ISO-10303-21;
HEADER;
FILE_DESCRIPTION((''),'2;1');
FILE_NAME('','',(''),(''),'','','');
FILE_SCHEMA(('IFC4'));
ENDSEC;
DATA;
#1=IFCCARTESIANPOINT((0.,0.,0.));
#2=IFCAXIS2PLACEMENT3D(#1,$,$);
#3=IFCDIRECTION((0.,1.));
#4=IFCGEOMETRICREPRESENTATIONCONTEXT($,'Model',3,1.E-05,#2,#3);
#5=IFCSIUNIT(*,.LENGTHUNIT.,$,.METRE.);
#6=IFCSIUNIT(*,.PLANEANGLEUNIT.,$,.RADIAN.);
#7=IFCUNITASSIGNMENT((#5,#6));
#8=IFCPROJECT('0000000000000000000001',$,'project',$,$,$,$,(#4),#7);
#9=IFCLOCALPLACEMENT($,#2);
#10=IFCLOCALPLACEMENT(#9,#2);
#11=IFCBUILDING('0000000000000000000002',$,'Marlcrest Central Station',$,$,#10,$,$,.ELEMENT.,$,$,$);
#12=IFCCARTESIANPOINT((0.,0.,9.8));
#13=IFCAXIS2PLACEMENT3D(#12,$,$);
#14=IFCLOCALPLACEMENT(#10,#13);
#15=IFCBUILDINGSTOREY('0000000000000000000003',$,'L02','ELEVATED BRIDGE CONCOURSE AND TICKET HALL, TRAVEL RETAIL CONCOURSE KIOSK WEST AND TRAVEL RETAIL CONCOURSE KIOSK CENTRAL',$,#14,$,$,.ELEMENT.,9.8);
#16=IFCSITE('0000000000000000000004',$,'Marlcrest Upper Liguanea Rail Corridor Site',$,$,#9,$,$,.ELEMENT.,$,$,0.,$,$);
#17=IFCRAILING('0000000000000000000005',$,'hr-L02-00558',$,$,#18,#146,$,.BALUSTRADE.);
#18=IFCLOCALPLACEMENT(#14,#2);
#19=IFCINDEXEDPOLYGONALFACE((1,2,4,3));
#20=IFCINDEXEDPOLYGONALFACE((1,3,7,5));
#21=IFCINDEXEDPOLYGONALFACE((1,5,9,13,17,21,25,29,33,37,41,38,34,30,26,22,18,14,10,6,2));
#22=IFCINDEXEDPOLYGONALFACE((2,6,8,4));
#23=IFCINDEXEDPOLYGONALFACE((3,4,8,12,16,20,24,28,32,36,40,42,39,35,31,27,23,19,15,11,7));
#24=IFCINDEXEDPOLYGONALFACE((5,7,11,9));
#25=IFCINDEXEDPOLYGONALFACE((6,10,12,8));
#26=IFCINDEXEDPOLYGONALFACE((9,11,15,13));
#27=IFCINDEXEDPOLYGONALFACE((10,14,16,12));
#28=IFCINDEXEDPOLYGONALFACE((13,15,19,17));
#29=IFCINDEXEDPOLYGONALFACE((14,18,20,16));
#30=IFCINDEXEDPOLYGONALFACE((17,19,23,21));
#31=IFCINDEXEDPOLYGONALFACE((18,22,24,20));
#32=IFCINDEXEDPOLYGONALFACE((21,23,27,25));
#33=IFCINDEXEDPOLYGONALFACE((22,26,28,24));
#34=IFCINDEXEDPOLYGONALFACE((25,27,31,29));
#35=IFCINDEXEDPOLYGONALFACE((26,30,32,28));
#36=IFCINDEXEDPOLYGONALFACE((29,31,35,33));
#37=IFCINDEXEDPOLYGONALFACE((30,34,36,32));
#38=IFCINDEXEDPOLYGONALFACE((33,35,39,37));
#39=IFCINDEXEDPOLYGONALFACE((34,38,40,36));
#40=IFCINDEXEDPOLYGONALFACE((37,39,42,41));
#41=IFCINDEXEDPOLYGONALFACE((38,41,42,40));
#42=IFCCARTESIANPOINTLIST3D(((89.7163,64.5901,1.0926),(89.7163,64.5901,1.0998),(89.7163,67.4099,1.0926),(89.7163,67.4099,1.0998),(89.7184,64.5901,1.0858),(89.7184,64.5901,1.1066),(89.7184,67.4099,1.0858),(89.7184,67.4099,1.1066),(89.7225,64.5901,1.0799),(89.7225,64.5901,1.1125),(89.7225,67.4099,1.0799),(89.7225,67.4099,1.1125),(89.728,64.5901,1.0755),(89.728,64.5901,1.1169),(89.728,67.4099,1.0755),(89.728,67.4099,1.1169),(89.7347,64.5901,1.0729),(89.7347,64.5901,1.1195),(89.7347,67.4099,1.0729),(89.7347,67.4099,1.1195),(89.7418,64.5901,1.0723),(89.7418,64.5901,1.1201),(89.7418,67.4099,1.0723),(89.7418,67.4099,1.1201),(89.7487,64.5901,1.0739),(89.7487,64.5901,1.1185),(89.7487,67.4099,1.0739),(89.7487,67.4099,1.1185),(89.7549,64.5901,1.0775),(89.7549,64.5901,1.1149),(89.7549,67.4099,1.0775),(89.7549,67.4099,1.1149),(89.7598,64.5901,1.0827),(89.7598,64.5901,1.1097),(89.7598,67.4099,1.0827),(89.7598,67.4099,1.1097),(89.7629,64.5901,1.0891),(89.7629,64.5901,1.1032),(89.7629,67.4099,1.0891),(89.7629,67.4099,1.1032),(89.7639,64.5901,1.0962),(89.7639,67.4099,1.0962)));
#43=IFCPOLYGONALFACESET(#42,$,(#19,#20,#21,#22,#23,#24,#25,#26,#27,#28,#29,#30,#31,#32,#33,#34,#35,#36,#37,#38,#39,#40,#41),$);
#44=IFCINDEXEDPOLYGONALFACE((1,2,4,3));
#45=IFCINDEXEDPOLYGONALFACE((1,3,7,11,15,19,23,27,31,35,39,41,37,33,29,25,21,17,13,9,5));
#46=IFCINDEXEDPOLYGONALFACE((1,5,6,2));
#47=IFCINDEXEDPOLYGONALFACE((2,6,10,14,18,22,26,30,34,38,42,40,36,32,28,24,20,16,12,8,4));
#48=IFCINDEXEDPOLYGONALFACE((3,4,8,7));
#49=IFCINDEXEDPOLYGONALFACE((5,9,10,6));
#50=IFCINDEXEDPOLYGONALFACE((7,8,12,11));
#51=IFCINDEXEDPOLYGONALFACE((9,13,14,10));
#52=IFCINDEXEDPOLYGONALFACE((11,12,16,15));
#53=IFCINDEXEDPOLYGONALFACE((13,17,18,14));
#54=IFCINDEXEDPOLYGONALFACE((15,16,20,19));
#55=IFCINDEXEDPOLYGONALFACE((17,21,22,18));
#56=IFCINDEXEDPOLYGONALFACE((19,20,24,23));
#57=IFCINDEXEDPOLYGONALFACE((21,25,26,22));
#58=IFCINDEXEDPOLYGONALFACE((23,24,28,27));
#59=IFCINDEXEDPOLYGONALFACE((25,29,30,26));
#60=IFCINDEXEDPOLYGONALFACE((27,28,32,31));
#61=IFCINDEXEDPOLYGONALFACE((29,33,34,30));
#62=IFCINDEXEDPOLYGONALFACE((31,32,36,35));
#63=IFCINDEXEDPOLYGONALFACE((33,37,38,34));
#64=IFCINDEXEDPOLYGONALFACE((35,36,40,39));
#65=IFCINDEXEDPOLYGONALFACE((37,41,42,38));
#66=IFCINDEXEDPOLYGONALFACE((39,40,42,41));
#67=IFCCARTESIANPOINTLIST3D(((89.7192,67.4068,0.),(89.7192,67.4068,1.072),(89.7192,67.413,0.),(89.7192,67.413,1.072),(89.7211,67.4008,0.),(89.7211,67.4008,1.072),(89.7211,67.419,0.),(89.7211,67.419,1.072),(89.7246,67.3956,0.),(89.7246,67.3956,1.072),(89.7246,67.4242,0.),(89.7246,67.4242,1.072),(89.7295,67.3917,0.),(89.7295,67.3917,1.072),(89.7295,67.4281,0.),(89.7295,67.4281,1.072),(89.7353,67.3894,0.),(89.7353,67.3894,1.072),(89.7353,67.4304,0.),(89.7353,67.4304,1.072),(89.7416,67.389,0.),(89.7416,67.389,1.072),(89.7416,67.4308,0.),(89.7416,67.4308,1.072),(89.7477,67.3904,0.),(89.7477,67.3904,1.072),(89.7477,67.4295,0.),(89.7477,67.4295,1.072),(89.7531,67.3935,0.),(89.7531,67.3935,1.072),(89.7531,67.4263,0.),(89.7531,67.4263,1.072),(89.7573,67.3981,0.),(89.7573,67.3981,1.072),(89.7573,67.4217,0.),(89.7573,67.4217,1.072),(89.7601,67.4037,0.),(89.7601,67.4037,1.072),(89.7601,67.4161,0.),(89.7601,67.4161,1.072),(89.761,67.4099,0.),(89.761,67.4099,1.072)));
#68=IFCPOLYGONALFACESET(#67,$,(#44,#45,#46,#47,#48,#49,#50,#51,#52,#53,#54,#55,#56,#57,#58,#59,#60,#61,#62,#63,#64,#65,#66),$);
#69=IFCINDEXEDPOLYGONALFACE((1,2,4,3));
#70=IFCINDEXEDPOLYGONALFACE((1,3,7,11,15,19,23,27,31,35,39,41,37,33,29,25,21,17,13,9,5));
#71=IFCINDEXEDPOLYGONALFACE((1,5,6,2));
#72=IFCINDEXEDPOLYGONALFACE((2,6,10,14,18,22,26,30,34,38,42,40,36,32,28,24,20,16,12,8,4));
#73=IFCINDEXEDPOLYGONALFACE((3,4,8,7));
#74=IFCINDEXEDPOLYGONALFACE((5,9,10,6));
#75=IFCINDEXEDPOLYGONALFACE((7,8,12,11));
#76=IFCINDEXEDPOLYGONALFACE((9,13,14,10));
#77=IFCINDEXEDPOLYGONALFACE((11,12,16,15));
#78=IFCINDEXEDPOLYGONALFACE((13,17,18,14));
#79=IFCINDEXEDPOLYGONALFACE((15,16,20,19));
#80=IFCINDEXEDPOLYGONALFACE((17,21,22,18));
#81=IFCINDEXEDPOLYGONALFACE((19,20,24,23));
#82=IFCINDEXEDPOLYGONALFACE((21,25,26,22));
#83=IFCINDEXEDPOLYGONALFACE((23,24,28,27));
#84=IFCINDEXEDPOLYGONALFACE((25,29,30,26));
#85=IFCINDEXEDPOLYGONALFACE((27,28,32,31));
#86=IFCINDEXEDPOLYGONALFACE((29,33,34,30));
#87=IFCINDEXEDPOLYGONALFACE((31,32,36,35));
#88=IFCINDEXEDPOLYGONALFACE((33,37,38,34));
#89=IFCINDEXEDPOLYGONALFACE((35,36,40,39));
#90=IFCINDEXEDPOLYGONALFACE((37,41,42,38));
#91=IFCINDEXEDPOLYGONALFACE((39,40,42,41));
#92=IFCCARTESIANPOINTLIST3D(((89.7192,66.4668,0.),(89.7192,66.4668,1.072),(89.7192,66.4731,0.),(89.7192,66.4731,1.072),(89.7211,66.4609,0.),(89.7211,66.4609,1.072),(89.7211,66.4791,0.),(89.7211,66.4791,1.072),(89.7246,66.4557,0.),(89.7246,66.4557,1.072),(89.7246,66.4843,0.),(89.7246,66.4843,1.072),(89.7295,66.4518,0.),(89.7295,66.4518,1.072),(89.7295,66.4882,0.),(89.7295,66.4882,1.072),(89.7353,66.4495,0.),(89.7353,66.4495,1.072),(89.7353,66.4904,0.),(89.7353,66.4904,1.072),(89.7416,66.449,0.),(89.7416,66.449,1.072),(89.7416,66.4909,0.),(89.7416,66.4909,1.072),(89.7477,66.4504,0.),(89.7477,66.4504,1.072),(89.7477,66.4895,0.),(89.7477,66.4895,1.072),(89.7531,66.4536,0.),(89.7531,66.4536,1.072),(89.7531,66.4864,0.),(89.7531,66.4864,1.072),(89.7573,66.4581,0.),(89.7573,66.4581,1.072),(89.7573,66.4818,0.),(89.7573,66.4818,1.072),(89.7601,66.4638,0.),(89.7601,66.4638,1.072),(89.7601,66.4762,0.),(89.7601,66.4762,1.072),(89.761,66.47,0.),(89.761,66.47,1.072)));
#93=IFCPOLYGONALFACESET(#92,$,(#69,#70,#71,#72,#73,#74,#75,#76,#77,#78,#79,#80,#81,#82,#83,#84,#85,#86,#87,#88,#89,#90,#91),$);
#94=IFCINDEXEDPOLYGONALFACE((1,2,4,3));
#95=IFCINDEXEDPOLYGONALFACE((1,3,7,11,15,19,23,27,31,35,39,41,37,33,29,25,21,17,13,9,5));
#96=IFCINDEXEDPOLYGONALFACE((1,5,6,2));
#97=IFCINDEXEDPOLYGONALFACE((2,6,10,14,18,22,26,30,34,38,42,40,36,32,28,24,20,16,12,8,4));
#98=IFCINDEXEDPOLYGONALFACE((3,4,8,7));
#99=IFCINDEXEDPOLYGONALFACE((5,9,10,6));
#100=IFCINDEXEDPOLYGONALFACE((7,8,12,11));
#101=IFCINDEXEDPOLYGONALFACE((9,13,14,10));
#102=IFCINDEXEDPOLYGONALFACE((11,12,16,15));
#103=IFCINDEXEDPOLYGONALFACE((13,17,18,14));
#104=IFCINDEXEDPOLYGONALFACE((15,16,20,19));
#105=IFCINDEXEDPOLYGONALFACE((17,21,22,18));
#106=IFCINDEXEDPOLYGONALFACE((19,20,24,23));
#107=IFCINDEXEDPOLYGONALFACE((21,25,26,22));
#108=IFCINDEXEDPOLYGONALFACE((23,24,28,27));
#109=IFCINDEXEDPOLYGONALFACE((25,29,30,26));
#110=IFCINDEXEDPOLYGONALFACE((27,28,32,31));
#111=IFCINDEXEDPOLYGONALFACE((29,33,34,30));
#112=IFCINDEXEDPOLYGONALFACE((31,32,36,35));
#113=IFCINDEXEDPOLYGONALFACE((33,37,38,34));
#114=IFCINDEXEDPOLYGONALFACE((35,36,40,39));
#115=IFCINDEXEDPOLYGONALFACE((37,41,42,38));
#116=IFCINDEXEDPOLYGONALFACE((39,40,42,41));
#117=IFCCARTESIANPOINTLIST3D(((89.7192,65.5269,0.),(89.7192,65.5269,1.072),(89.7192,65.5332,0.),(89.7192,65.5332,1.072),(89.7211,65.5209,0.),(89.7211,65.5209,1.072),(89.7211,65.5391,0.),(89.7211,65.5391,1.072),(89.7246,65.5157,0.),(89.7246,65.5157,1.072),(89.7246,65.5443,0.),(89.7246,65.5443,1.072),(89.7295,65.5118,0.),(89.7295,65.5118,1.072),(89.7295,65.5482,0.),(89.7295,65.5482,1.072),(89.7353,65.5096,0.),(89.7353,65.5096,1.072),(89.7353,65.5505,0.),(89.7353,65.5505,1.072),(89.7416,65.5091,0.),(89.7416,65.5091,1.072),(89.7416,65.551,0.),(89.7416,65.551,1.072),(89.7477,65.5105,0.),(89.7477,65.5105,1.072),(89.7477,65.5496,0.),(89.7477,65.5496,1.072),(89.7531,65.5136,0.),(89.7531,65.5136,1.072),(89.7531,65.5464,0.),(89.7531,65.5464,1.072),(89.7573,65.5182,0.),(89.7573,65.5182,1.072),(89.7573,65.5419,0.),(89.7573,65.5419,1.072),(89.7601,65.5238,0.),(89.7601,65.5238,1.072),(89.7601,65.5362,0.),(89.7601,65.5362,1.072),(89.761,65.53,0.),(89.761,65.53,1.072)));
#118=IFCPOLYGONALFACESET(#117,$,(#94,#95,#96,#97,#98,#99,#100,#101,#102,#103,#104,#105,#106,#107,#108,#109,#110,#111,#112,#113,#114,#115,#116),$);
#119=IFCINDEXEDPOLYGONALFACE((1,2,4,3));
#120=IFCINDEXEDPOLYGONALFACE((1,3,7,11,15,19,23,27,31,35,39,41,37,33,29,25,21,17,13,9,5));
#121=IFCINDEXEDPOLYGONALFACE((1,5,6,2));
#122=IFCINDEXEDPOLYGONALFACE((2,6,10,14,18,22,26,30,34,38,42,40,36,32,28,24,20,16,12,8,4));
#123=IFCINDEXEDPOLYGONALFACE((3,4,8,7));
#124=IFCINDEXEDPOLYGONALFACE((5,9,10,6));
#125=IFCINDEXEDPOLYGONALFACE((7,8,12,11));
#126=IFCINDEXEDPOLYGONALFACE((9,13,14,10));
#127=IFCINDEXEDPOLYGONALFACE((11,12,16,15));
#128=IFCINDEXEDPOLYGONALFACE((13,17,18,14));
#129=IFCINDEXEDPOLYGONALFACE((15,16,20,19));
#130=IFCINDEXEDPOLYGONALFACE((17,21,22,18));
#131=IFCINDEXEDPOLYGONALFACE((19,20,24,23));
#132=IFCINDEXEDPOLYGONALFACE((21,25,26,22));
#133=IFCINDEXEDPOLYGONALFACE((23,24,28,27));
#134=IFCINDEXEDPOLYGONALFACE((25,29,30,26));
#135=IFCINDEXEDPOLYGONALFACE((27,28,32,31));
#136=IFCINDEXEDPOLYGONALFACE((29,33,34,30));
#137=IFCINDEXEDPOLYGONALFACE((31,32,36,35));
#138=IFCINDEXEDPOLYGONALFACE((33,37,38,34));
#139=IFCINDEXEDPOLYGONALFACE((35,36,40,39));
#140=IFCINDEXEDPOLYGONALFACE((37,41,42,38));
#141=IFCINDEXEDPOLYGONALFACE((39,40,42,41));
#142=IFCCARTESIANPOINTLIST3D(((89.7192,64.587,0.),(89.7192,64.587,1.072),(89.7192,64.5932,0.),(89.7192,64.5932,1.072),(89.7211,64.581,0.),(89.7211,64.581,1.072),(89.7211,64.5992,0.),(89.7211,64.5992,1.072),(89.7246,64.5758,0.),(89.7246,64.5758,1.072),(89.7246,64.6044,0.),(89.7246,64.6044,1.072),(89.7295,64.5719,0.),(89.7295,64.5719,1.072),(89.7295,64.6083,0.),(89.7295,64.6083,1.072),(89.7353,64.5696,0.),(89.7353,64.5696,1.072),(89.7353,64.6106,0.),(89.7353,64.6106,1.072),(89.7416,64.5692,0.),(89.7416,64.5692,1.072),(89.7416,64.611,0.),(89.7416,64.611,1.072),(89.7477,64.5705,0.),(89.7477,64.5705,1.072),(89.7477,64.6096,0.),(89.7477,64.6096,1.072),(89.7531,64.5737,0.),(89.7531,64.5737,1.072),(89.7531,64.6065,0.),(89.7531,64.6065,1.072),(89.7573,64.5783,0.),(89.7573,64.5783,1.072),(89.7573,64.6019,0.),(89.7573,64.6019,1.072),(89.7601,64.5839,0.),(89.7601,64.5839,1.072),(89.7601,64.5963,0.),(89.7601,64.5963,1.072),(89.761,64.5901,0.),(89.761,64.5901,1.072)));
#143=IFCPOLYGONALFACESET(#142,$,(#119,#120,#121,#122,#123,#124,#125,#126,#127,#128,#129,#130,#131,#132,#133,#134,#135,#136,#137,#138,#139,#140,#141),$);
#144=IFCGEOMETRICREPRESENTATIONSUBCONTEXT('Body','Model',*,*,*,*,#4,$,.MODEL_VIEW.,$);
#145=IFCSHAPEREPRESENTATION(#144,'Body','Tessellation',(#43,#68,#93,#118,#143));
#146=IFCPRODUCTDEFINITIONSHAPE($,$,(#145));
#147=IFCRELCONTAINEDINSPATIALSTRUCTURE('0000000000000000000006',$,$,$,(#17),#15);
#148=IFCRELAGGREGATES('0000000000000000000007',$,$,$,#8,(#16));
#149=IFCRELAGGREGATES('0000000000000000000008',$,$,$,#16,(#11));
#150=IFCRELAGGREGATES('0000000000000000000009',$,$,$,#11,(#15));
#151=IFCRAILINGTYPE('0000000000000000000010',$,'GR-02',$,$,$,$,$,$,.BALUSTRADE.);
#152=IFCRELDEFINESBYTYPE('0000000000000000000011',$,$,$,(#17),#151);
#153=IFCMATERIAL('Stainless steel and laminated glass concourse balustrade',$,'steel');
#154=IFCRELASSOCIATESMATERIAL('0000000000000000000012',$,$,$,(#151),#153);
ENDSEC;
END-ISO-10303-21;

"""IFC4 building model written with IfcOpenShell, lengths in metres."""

from ifc_helpers import new_model, si_unit, direction, frame, origin, origin_2d, place, context, subcontext, project, spatial, circle, extrude, material, type_object, element, save


model = new_model("IFC4")

# Units and contexts
model_context = context("Model", 3, precision=1e-05, world=origin(), true_north=direction((0.0, 1.0)))
body_context = subcontext(model_context, "Body", "Model", "MODEL_VIEW")
ifc_project = project(units=[si_unit("LENGTHUNIT", "METRE"), si_unit("PLANEANGLEUNIT", "RADIAN")], contexts=[model_context])

# Site, building, storey
site_placement = place(None, origin())
site = spatial("IfcSite", under=ifc_project, at=site_placement, Name="Marlcrest Upper Liguanea Rail Corridor Site", CompositionType="ELEMENT", RefElevation=0.0)
building_placement = place(site_placement, origin())
building = spatial("IfcBuilding", under=site, at=building_placement, Name="Marlcrest Central Station", CompositionType="ELEMENT")
storey_placement = place(building_placement, frame((0.0, 0.0, 9.8)))
storey = spatial("IfcBuildingStorey", under=building, at=storey_placement, Name="L02", Description="ELEVATED BRIDGE CONCOURSE AND TICKET HALL, TRAVEL RETAIL CONCOURSE KIOSK WEST AND TRAVEL RETAIL CONCOURSE KIOSK CENTRAL", CompositionType="ELEMENT", Elevation=9.8)

# Railing
ifc_material_1 = material(Name="Stainless steel and laminated glass concourse balustrade", Category="steel")
railing_type = type_object("IfcRailingType", Name="GR-02", PredefinedType="BALUSTRADE", material=ifc_material_1)
railing_1_placement = place(storey_placement, frame((89.74, 67.4099, 0.0)))
element("IfcRailing", 1, at=railing_1_placement, inside=storey, type_object=railing_type, Name="hr-L02-00558", PredefinedType="BALUSTRADE", context=body_context, shape_type="SweptSolid", body=[
    extrude(circle(Radius=0.0239, at=origin_2d()), frame((0.0, 0.0, 1.0962), z_axis=(0.0, -1.0, 0.0), x_axis=(1.0, 0.0, 0.0)), (0.0, 0.0, 1.0), 2.8198),
    extrude(circle(Radius=0.021, at=origin_2d()), origin(), (0.0, 0.0, 1.0), 1.072),
    extrude(circle(Radius=0.021, at=origin_2d()), frame((0.0, -0.9399, 0.0)), (0.0, 0.0, 1.0), 1.072),
    extrude(circle(Radius=0.021, at=origin_2d()), frame((0.0, -1.8799, 0.0)), (0.0, 0.0, 1.0), 1.072),
    extrude(circle(Radius=0.021, at=origin_2d()), frame((0.0, -2.8198, 0.0)), (0.0, 0.0, 1.0), 1.072),
])

save(model, "model.ifc")
